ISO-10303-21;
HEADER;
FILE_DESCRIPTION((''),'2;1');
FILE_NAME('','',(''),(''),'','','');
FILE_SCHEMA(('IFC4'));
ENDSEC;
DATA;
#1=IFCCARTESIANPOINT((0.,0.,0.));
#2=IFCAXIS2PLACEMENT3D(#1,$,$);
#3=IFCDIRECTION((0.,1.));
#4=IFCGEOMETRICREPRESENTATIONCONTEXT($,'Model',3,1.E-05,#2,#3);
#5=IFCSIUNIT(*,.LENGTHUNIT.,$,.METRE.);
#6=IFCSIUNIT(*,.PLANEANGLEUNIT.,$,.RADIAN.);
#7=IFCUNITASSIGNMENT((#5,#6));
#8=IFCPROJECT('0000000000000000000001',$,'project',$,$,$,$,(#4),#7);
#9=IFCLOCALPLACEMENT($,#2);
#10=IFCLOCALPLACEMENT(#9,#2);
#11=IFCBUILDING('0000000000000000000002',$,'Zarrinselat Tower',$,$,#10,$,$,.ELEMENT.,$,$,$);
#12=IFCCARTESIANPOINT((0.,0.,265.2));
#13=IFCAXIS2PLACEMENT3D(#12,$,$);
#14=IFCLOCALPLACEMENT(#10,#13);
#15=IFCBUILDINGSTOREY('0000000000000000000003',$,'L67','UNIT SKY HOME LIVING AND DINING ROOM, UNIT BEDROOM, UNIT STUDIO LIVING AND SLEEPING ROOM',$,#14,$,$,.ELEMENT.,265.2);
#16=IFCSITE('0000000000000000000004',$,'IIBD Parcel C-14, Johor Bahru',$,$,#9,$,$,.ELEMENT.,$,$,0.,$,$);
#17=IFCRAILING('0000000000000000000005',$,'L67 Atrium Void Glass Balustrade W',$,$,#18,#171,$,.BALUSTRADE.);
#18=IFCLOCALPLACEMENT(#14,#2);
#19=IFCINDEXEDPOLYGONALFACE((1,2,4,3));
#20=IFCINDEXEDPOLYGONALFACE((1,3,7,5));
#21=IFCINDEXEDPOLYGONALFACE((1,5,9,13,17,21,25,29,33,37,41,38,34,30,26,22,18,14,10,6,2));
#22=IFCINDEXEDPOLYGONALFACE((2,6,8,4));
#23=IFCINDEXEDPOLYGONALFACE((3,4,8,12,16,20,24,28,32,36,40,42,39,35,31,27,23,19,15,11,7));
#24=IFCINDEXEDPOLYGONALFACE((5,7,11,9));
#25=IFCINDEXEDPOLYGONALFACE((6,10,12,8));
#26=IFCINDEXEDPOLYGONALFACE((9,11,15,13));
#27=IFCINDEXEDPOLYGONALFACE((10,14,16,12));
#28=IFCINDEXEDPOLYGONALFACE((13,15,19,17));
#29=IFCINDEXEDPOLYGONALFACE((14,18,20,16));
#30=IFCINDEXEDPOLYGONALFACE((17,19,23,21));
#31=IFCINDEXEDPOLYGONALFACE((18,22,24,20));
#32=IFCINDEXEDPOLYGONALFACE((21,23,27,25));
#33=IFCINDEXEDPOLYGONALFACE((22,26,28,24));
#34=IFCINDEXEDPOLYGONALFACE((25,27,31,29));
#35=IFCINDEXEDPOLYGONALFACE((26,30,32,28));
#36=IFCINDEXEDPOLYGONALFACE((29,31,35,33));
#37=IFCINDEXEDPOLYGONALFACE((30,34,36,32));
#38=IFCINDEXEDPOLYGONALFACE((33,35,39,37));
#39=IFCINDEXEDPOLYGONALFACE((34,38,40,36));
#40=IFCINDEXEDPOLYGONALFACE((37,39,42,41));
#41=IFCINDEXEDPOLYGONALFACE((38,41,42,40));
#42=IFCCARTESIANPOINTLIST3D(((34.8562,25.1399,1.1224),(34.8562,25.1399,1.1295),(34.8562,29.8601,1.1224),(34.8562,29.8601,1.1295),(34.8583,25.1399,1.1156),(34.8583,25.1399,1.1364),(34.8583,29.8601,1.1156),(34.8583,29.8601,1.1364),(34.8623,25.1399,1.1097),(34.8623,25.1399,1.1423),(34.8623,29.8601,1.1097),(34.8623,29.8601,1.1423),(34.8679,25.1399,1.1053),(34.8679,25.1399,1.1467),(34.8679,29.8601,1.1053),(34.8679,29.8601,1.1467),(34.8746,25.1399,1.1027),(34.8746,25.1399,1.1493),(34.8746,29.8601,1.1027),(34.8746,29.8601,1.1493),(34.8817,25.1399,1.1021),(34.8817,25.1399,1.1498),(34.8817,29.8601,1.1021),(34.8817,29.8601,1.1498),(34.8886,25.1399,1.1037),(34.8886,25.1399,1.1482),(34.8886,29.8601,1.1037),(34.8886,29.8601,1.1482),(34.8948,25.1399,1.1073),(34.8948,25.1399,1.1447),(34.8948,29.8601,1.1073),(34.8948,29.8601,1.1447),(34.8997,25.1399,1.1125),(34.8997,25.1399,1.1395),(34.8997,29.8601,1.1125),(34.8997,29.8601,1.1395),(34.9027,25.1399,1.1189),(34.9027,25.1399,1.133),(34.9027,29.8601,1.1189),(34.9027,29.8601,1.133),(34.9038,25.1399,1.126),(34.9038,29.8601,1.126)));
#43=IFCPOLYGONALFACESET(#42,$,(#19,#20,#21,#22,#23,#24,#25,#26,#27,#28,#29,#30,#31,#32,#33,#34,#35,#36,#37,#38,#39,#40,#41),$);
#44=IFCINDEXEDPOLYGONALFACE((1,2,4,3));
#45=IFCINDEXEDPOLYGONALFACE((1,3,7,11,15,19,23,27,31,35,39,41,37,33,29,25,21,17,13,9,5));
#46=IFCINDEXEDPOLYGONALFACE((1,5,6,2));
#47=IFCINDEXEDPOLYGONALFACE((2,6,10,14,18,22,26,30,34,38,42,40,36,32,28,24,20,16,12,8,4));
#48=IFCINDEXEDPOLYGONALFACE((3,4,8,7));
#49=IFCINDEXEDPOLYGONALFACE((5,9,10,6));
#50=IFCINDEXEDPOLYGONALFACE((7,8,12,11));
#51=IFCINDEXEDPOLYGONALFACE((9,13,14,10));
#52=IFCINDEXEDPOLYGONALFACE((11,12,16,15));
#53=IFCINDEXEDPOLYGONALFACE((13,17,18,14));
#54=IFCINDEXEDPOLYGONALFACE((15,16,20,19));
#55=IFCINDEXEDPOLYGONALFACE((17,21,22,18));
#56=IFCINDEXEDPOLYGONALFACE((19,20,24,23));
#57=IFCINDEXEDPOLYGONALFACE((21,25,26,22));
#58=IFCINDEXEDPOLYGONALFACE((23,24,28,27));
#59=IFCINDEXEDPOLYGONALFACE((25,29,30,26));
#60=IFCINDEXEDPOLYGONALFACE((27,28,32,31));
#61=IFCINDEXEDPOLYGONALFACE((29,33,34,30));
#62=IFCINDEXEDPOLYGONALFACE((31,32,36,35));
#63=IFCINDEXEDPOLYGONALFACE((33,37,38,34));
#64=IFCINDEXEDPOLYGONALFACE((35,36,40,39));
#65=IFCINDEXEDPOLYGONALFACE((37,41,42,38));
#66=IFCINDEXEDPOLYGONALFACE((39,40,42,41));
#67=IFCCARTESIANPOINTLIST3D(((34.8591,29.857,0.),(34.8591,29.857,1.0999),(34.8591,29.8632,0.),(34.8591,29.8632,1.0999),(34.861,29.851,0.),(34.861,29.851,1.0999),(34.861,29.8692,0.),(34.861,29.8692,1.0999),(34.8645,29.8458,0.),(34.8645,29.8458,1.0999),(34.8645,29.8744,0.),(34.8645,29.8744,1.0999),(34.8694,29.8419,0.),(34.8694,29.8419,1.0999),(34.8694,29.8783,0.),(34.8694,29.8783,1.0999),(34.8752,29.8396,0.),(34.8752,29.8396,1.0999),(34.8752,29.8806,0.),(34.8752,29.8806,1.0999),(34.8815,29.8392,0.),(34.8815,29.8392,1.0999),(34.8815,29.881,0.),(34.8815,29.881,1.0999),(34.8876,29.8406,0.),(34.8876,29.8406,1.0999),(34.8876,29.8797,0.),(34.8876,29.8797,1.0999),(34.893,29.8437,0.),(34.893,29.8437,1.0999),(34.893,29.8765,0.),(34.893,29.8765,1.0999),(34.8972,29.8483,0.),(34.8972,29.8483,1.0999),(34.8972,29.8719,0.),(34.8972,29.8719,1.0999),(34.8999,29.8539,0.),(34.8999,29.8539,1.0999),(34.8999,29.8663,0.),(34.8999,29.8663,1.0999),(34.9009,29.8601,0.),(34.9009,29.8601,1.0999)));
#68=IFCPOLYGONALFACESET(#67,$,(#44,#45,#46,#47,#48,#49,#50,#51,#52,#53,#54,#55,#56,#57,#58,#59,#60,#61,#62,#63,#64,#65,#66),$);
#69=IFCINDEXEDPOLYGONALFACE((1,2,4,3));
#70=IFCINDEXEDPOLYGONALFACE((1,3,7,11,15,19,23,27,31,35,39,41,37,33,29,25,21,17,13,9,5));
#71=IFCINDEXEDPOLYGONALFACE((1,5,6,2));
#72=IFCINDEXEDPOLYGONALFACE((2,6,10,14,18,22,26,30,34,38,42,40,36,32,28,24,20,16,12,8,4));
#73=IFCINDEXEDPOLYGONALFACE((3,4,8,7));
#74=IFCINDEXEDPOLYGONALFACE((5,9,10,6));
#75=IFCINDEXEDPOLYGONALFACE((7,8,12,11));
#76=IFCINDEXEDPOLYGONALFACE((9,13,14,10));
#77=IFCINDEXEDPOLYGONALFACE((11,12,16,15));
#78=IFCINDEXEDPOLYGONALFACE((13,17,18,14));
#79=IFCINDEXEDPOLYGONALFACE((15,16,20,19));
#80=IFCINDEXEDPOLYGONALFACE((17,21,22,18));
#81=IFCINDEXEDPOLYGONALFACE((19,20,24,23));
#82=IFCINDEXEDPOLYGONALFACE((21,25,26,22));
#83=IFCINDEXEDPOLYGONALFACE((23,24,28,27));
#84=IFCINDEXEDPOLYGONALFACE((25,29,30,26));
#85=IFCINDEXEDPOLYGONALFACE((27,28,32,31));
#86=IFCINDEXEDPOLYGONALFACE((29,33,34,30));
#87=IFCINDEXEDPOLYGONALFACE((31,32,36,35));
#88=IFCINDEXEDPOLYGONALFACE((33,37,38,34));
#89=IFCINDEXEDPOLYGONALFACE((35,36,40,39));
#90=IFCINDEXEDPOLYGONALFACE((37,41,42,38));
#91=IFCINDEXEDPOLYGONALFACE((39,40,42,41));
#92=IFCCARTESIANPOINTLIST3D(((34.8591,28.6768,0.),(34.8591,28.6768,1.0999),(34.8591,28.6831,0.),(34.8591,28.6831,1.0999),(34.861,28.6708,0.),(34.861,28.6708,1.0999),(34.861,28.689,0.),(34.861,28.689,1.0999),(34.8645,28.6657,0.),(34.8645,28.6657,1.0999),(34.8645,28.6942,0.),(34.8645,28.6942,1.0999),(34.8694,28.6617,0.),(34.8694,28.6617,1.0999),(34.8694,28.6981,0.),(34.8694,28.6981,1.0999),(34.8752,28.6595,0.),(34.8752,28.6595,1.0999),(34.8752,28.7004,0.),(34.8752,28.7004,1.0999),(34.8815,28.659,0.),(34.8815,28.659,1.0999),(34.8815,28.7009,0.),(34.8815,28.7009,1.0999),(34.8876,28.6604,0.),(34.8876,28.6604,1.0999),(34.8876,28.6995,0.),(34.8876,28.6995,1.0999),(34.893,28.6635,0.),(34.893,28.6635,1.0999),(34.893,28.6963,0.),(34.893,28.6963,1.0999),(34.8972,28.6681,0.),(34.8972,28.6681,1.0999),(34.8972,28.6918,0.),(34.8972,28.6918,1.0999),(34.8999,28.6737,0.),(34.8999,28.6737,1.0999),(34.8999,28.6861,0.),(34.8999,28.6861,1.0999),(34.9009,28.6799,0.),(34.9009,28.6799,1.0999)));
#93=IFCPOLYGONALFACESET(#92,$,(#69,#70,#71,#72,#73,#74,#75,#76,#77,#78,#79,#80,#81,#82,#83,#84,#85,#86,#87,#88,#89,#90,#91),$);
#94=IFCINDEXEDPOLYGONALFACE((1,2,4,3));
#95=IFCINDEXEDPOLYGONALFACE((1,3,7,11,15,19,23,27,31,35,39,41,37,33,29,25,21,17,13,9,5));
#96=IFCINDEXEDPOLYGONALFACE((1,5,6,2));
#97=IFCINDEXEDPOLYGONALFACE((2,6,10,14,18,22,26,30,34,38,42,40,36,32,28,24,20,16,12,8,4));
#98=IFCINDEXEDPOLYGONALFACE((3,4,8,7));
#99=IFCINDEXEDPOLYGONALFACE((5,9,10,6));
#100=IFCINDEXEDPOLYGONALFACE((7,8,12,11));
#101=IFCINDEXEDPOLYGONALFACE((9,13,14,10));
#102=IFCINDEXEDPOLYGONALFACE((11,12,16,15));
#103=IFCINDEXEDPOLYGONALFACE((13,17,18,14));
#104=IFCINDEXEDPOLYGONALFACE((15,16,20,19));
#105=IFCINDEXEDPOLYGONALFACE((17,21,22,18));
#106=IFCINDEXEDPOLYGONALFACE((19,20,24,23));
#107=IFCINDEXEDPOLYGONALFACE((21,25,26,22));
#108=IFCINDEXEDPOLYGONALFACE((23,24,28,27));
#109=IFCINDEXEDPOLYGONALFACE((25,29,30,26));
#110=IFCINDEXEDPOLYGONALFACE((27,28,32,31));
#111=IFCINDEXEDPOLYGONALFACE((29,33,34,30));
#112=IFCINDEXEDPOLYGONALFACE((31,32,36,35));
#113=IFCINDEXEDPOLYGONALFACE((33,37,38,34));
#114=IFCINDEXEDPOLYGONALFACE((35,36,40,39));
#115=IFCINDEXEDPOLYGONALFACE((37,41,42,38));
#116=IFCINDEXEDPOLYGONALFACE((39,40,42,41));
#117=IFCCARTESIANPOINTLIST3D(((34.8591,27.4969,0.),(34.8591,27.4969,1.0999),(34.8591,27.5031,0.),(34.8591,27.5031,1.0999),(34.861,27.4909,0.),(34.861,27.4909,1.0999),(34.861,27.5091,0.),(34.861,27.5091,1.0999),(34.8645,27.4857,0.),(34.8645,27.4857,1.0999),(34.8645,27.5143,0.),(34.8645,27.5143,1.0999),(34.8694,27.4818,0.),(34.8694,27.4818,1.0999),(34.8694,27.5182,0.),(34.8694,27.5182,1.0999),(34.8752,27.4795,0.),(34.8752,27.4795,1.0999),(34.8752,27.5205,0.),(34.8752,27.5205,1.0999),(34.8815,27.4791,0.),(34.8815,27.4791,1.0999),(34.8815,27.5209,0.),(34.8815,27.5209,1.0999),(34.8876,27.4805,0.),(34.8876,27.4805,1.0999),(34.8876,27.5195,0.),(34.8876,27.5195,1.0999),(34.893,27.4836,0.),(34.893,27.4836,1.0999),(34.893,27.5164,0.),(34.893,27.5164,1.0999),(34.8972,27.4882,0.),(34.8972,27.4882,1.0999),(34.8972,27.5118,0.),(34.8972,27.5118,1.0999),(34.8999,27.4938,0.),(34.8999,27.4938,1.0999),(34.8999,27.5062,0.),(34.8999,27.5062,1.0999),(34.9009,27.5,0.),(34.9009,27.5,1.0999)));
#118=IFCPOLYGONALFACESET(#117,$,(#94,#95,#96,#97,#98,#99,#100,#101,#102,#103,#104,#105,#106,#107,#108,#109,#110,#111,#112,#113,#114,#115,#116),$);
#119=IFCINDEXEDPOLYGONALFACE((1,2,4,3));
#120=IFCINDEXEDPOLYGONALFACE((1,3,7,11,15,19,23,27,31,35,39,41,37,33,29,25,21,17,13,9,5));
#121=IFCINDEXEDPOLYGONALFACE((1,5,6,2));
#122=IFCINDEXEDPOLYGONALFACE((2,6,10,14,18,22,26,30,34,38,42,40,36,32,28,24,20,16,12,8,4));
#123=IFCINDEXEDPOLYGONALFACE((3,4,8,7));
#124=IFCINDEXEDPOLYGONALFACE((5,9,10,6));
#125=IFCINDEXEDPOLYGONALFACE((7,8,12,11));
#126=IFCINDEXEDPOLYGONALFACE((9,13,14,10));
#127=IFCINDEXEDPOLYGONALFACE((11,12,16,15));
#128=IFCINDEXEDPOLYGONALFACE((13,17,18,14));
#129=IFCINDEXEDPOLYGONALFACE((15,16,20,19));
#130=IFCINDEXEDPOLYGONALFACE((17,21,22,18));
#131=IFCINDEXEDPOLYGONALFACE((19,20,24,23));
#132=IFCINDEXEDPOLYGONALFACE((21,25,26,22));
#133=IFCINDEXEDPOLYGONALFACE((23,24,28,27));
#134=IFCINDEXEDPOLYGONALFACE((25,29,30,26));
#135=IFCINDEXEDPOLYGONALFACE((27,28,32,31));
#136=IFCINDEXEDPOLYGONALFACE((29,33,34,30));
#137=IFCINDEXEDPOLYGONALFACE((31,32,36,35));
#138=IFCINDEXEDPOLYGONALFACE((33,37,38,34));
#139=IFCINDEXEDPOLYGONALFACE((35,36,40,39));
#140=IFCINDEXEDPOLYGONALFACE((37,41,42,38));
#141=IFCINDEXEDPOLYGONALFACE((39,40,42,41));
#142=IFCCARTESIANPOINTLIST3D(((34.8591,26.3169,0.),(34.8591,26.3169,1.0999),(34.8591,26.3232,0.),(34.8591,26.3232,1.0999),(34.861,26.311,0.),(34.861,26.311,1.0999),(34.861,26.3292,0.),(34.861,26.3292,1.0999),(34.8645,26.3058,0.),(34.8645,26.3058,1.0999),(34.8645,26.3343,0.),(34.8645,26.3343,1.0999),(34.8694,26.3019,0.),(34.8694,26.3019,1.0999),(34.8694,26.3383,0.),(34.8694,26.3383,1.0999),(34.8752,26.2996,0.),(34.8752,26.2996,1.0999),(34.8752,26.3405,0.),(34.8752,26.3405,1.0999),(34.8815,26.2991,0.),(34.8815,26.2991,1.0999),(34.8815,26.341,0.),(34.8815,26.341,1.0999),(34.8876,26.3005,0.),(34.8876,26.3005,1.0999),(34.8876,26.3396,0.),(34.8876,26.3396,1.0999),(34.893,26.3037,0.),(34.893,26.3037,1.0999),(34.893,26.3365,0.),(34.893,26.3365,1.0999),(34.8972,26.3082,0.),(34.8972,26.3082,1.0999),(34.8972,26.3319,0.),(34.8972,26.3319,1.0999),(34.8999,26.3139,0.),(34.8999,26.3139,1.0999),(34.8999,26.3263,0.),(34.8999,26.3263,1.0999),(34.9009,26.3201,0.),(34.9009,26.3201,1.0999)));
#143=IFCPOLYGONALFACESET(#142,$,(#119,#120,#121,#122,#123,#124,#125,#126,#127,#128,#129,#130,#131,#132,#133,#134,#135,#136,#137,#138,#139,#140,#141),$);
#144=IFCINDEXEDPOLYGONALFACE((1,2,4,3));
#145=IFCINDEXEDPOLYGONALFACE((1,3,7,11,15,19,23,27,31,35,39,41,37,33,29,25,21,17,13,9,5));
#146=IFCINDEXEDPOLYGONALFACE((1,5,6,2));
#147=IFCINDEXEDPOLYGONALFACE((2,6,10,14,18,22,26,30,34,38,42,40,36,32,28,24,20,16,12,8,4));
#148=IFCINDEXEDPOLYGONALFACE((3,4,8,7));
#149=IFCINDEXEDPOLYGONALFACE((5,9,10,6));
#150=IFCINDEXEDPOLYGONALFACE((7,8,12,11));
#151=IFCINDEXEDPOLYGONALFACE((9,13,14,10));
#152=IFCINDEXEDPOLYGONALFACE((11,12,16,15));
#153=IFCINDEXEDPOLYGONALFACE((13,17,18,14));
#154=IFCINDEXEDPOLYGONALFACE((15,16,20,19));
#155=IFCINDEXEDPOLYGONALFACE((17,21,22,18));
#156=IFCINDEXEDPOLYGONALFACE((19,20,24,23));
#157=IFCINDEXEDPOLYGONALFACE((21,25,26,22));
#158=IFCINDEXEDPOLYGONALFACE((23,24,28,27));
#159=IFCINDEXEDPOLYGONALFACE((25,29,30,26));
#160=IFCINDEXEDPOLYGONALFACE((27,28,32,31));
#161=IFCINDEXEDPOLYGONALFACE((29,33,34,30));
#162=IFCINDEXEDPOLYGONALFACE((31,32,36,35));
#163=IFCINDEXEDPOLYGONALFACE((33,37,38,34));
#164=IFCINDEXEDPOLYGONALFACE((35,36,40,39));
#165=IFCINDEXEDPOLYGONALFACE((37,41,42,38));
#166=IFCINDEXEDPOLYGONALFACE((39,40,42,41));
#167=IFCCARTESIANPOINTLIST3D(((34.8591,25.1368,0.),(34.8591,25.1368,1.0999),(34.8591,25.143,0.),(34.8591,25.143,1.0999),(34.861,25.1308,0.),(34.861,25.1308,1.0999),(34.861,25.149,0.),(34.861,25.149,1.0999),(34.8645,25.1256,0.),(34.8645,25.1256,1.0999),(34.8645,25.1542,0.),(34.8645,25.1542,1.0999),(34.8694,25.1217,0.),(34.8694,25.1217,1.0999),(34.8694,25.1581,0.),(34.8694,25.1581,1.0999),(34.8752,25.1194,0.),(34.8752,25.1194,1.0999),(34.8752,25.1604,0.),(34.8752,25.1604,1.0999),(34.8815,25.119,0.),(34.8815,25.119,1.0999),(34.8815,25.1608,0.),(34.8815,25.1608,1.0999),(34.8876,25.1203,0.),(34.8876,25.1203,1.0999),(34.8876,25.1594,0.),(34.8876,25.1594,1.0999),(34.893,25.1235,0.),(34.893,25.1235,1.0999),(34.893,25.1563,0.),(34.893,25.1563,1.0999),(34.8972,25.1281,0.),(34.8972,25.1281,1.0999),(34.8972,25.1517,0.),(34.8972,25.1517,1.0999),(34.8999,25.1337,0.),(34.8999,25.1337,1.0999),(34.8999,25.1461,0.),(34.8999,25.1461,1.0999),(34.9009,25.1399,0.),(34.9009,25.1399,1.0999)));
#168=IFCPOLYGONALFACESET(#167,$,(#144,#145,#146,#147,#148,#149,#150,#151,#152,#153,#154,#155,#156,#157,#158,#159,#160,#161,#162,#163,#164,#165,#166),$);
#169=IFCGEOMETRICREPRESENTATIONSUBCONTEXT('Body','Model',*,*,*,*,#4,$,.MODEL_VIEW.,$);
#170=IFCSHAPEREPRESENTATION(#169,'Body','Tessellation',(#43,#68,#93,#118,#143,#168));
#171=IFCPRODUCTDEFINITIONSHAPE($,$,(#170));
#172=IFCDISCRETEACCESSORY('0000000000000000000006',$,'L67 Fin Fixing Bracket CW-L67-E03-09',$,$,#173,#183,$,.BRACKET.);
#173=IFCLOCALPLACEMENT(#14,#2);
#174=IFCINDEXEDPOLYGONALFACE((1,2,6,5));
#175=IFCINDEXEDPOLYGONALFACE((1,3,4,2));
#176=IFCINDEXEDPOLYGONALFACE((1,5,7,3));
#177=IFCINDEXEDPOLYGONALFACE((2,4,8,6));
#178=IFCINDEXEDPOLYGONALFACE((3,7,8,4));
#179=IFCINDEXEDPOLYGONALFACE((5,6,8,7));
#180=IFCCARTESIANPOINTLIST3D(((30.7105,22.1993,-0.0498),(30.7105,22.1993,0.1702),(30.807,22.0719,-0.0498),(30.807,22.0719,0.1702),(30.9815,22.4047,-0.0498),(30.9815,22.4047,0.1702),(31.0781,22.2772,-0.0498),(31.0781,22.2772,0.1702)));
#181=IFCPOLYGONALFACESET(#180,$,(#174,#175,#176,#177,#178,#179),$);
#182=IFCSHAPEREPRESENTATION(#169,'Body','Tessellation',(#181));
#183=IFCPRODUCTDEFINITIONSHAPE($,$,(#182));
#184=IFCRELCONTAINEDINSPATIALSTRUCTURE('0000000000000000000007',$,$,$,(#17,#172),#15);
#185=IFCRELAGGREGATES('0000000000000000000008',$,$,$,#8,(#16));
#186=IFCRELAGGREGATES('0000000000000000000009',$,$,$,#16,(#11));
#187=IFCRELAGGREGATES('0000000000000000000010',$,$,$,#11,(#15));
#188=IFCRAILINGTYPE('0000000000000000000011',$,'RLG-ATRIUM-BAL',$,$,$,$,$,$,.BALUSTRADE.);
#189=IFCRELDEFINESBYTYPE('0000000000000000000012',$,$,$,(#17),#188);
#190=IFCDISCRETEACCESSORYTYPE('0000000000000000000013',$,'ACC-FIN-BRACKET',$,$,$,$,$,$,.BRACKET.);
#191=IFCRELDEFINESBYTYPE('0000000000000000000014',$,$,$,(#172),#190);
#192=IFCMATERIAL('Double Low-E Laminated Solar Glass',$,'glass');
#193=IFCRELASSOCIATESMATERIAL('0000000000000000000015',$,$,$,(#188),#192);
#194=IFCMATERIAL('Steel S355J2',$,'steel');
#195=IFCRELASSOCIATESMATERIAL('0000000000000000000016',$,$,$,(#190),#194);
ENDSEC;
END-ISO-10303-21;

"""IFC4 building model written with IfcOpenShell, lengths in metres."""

from ifc_helpers import new_model, si_unit, direction, frame, origin, origin_2d, place, context, subcontext, project, spatial, rectangle, circle, extrude, material, type_object, element, save


model = new_model("IFC4")

# Units and contexts
model_context = context("Model", 3, precision=1e-05, world=origin(), true_north=direction((0.0, 1.0)))
body_context = subcontext(model_context, "Body", "Model", "MODEL_VIEW")
ifc_project = project(units=[si_unit("LENGTHUNIT", "METRE"), si_unit("PLANEANGLEUNIT", "RADIAN")], contexts=[model_context])

# Site, building, storey
site_placement = place(None, origin())
site = spatial("IfcSite", under=ifc_project, at=site_placement, Name="IIBD Parcel C-14, Johor Bahru", CompositionType="ELEMENT", RefElevation=0.0)
building_placement = place(site_placement, origin())
building = spatial("IfcBuilding", under=site, at=building_placement, Name="Zarrinselat Tower", CompositionType="ELEMENT")
storey_placement = place(building_placement, frame((0.0, 0.0, 265.2)))
storey = spatial("IfcBuildingStorey", under=building, at=storey_placement, Name="L67", Description="UNIT SKY HOME LIVING AND DINING ROOM, UNIT BEDROOM, UNIT STUDIO LIVING AND SLEEPING ROOM", CompositionType="ELEMENT", Elevation=265.2)

# Railing
ifc_material_1 = material(Name="Double Low-E Laminated Solar Glass", Category="glass")
railing_type = type_object("IfcRailingType", Name="RLG-ATRIUM-BAL", PredefinedType="BALUSTRADE", material=ifc_material_1)
railing_1_placement = place(storey_placement, frame((34.8799, 29.8601, 0.0)))
element("IfcRailing", 1, at=railing_1_placement, inside=storey, type_object=railing_type, Name="L67 Atrium Void Glass Balustrade W", PredefinedType="BALUSTRADE", context=body_context, shape_type="SweptSolid", body=[
    extrude(circle(Radius=0.0239, at=origin_2d()), frame((0.0, 0.0, 1.126), z_axis=(0.0, -1.0, 0.0), x_axis=(1.0, 0.0, 0.0)), (0.0, 0.0, 1.0), 4.7202),
    extrude(circle(Radius=0.021, at=origin_2d()), origin(), (0.0, 0.0, 1.0), 1.0999),
    extrude(circle(Radius=0.021, at=origin_2d()), frame((0.0, -1.1802, 0.0)), (0.0, 0.0, 1.0), 1.0999),
    extrude(circle(Radius=0.021, at=origin_2d()), frame((0.0, -2.3601, 0.0)), (0.0, 0.0, 1.0), 1.0999),
    extrude(circle(Radius=0.021, at=origin_2d()), frame((0.0, -3.54, 0.0)), (0.0, 0.0, 1.0), 1.0999),
    extrude(circle(Radius=0.021, at=origin_2d()), frame((0.0, -4.7202, 0.0)), (0.0, 0.0, 1.0), 1.0999),
])

# Discrete accessory
ifc_material_2 = material(Name="Steel S355J2", Category="steel")
discrete_accessory_type = type_object("IfcDiscreteAccessoryType", Name="ACC-FIN-BRACKET", PredefinedType="BRACKET", material=ifc_material_2)
discrete_accessory_placement = place(storey_placement, frame((30.8943, 22.2383, -0.0498), z_axis=(0.0, 0.0, 1.0), x_axis=(-0.797092, -0.603858, 0.0)))
element("IfcDiscreteAccessory", 2, at=discrete_accessory_placement, inside=storey, type_object=discrete_accessory_type, Name="L67 Fin Fixing Bracket CW-L67-E03-09", PredefinedType="BRACKET", context=body_context, shape_type="SweptSolid", body=[
    extrude(rectangle(XDim=0.3401, YDim=0.1599, at=origin_2d()), origin(), (0.0, 0.0, 1.0), 0.22),
])

save(model, "model.ifc")
